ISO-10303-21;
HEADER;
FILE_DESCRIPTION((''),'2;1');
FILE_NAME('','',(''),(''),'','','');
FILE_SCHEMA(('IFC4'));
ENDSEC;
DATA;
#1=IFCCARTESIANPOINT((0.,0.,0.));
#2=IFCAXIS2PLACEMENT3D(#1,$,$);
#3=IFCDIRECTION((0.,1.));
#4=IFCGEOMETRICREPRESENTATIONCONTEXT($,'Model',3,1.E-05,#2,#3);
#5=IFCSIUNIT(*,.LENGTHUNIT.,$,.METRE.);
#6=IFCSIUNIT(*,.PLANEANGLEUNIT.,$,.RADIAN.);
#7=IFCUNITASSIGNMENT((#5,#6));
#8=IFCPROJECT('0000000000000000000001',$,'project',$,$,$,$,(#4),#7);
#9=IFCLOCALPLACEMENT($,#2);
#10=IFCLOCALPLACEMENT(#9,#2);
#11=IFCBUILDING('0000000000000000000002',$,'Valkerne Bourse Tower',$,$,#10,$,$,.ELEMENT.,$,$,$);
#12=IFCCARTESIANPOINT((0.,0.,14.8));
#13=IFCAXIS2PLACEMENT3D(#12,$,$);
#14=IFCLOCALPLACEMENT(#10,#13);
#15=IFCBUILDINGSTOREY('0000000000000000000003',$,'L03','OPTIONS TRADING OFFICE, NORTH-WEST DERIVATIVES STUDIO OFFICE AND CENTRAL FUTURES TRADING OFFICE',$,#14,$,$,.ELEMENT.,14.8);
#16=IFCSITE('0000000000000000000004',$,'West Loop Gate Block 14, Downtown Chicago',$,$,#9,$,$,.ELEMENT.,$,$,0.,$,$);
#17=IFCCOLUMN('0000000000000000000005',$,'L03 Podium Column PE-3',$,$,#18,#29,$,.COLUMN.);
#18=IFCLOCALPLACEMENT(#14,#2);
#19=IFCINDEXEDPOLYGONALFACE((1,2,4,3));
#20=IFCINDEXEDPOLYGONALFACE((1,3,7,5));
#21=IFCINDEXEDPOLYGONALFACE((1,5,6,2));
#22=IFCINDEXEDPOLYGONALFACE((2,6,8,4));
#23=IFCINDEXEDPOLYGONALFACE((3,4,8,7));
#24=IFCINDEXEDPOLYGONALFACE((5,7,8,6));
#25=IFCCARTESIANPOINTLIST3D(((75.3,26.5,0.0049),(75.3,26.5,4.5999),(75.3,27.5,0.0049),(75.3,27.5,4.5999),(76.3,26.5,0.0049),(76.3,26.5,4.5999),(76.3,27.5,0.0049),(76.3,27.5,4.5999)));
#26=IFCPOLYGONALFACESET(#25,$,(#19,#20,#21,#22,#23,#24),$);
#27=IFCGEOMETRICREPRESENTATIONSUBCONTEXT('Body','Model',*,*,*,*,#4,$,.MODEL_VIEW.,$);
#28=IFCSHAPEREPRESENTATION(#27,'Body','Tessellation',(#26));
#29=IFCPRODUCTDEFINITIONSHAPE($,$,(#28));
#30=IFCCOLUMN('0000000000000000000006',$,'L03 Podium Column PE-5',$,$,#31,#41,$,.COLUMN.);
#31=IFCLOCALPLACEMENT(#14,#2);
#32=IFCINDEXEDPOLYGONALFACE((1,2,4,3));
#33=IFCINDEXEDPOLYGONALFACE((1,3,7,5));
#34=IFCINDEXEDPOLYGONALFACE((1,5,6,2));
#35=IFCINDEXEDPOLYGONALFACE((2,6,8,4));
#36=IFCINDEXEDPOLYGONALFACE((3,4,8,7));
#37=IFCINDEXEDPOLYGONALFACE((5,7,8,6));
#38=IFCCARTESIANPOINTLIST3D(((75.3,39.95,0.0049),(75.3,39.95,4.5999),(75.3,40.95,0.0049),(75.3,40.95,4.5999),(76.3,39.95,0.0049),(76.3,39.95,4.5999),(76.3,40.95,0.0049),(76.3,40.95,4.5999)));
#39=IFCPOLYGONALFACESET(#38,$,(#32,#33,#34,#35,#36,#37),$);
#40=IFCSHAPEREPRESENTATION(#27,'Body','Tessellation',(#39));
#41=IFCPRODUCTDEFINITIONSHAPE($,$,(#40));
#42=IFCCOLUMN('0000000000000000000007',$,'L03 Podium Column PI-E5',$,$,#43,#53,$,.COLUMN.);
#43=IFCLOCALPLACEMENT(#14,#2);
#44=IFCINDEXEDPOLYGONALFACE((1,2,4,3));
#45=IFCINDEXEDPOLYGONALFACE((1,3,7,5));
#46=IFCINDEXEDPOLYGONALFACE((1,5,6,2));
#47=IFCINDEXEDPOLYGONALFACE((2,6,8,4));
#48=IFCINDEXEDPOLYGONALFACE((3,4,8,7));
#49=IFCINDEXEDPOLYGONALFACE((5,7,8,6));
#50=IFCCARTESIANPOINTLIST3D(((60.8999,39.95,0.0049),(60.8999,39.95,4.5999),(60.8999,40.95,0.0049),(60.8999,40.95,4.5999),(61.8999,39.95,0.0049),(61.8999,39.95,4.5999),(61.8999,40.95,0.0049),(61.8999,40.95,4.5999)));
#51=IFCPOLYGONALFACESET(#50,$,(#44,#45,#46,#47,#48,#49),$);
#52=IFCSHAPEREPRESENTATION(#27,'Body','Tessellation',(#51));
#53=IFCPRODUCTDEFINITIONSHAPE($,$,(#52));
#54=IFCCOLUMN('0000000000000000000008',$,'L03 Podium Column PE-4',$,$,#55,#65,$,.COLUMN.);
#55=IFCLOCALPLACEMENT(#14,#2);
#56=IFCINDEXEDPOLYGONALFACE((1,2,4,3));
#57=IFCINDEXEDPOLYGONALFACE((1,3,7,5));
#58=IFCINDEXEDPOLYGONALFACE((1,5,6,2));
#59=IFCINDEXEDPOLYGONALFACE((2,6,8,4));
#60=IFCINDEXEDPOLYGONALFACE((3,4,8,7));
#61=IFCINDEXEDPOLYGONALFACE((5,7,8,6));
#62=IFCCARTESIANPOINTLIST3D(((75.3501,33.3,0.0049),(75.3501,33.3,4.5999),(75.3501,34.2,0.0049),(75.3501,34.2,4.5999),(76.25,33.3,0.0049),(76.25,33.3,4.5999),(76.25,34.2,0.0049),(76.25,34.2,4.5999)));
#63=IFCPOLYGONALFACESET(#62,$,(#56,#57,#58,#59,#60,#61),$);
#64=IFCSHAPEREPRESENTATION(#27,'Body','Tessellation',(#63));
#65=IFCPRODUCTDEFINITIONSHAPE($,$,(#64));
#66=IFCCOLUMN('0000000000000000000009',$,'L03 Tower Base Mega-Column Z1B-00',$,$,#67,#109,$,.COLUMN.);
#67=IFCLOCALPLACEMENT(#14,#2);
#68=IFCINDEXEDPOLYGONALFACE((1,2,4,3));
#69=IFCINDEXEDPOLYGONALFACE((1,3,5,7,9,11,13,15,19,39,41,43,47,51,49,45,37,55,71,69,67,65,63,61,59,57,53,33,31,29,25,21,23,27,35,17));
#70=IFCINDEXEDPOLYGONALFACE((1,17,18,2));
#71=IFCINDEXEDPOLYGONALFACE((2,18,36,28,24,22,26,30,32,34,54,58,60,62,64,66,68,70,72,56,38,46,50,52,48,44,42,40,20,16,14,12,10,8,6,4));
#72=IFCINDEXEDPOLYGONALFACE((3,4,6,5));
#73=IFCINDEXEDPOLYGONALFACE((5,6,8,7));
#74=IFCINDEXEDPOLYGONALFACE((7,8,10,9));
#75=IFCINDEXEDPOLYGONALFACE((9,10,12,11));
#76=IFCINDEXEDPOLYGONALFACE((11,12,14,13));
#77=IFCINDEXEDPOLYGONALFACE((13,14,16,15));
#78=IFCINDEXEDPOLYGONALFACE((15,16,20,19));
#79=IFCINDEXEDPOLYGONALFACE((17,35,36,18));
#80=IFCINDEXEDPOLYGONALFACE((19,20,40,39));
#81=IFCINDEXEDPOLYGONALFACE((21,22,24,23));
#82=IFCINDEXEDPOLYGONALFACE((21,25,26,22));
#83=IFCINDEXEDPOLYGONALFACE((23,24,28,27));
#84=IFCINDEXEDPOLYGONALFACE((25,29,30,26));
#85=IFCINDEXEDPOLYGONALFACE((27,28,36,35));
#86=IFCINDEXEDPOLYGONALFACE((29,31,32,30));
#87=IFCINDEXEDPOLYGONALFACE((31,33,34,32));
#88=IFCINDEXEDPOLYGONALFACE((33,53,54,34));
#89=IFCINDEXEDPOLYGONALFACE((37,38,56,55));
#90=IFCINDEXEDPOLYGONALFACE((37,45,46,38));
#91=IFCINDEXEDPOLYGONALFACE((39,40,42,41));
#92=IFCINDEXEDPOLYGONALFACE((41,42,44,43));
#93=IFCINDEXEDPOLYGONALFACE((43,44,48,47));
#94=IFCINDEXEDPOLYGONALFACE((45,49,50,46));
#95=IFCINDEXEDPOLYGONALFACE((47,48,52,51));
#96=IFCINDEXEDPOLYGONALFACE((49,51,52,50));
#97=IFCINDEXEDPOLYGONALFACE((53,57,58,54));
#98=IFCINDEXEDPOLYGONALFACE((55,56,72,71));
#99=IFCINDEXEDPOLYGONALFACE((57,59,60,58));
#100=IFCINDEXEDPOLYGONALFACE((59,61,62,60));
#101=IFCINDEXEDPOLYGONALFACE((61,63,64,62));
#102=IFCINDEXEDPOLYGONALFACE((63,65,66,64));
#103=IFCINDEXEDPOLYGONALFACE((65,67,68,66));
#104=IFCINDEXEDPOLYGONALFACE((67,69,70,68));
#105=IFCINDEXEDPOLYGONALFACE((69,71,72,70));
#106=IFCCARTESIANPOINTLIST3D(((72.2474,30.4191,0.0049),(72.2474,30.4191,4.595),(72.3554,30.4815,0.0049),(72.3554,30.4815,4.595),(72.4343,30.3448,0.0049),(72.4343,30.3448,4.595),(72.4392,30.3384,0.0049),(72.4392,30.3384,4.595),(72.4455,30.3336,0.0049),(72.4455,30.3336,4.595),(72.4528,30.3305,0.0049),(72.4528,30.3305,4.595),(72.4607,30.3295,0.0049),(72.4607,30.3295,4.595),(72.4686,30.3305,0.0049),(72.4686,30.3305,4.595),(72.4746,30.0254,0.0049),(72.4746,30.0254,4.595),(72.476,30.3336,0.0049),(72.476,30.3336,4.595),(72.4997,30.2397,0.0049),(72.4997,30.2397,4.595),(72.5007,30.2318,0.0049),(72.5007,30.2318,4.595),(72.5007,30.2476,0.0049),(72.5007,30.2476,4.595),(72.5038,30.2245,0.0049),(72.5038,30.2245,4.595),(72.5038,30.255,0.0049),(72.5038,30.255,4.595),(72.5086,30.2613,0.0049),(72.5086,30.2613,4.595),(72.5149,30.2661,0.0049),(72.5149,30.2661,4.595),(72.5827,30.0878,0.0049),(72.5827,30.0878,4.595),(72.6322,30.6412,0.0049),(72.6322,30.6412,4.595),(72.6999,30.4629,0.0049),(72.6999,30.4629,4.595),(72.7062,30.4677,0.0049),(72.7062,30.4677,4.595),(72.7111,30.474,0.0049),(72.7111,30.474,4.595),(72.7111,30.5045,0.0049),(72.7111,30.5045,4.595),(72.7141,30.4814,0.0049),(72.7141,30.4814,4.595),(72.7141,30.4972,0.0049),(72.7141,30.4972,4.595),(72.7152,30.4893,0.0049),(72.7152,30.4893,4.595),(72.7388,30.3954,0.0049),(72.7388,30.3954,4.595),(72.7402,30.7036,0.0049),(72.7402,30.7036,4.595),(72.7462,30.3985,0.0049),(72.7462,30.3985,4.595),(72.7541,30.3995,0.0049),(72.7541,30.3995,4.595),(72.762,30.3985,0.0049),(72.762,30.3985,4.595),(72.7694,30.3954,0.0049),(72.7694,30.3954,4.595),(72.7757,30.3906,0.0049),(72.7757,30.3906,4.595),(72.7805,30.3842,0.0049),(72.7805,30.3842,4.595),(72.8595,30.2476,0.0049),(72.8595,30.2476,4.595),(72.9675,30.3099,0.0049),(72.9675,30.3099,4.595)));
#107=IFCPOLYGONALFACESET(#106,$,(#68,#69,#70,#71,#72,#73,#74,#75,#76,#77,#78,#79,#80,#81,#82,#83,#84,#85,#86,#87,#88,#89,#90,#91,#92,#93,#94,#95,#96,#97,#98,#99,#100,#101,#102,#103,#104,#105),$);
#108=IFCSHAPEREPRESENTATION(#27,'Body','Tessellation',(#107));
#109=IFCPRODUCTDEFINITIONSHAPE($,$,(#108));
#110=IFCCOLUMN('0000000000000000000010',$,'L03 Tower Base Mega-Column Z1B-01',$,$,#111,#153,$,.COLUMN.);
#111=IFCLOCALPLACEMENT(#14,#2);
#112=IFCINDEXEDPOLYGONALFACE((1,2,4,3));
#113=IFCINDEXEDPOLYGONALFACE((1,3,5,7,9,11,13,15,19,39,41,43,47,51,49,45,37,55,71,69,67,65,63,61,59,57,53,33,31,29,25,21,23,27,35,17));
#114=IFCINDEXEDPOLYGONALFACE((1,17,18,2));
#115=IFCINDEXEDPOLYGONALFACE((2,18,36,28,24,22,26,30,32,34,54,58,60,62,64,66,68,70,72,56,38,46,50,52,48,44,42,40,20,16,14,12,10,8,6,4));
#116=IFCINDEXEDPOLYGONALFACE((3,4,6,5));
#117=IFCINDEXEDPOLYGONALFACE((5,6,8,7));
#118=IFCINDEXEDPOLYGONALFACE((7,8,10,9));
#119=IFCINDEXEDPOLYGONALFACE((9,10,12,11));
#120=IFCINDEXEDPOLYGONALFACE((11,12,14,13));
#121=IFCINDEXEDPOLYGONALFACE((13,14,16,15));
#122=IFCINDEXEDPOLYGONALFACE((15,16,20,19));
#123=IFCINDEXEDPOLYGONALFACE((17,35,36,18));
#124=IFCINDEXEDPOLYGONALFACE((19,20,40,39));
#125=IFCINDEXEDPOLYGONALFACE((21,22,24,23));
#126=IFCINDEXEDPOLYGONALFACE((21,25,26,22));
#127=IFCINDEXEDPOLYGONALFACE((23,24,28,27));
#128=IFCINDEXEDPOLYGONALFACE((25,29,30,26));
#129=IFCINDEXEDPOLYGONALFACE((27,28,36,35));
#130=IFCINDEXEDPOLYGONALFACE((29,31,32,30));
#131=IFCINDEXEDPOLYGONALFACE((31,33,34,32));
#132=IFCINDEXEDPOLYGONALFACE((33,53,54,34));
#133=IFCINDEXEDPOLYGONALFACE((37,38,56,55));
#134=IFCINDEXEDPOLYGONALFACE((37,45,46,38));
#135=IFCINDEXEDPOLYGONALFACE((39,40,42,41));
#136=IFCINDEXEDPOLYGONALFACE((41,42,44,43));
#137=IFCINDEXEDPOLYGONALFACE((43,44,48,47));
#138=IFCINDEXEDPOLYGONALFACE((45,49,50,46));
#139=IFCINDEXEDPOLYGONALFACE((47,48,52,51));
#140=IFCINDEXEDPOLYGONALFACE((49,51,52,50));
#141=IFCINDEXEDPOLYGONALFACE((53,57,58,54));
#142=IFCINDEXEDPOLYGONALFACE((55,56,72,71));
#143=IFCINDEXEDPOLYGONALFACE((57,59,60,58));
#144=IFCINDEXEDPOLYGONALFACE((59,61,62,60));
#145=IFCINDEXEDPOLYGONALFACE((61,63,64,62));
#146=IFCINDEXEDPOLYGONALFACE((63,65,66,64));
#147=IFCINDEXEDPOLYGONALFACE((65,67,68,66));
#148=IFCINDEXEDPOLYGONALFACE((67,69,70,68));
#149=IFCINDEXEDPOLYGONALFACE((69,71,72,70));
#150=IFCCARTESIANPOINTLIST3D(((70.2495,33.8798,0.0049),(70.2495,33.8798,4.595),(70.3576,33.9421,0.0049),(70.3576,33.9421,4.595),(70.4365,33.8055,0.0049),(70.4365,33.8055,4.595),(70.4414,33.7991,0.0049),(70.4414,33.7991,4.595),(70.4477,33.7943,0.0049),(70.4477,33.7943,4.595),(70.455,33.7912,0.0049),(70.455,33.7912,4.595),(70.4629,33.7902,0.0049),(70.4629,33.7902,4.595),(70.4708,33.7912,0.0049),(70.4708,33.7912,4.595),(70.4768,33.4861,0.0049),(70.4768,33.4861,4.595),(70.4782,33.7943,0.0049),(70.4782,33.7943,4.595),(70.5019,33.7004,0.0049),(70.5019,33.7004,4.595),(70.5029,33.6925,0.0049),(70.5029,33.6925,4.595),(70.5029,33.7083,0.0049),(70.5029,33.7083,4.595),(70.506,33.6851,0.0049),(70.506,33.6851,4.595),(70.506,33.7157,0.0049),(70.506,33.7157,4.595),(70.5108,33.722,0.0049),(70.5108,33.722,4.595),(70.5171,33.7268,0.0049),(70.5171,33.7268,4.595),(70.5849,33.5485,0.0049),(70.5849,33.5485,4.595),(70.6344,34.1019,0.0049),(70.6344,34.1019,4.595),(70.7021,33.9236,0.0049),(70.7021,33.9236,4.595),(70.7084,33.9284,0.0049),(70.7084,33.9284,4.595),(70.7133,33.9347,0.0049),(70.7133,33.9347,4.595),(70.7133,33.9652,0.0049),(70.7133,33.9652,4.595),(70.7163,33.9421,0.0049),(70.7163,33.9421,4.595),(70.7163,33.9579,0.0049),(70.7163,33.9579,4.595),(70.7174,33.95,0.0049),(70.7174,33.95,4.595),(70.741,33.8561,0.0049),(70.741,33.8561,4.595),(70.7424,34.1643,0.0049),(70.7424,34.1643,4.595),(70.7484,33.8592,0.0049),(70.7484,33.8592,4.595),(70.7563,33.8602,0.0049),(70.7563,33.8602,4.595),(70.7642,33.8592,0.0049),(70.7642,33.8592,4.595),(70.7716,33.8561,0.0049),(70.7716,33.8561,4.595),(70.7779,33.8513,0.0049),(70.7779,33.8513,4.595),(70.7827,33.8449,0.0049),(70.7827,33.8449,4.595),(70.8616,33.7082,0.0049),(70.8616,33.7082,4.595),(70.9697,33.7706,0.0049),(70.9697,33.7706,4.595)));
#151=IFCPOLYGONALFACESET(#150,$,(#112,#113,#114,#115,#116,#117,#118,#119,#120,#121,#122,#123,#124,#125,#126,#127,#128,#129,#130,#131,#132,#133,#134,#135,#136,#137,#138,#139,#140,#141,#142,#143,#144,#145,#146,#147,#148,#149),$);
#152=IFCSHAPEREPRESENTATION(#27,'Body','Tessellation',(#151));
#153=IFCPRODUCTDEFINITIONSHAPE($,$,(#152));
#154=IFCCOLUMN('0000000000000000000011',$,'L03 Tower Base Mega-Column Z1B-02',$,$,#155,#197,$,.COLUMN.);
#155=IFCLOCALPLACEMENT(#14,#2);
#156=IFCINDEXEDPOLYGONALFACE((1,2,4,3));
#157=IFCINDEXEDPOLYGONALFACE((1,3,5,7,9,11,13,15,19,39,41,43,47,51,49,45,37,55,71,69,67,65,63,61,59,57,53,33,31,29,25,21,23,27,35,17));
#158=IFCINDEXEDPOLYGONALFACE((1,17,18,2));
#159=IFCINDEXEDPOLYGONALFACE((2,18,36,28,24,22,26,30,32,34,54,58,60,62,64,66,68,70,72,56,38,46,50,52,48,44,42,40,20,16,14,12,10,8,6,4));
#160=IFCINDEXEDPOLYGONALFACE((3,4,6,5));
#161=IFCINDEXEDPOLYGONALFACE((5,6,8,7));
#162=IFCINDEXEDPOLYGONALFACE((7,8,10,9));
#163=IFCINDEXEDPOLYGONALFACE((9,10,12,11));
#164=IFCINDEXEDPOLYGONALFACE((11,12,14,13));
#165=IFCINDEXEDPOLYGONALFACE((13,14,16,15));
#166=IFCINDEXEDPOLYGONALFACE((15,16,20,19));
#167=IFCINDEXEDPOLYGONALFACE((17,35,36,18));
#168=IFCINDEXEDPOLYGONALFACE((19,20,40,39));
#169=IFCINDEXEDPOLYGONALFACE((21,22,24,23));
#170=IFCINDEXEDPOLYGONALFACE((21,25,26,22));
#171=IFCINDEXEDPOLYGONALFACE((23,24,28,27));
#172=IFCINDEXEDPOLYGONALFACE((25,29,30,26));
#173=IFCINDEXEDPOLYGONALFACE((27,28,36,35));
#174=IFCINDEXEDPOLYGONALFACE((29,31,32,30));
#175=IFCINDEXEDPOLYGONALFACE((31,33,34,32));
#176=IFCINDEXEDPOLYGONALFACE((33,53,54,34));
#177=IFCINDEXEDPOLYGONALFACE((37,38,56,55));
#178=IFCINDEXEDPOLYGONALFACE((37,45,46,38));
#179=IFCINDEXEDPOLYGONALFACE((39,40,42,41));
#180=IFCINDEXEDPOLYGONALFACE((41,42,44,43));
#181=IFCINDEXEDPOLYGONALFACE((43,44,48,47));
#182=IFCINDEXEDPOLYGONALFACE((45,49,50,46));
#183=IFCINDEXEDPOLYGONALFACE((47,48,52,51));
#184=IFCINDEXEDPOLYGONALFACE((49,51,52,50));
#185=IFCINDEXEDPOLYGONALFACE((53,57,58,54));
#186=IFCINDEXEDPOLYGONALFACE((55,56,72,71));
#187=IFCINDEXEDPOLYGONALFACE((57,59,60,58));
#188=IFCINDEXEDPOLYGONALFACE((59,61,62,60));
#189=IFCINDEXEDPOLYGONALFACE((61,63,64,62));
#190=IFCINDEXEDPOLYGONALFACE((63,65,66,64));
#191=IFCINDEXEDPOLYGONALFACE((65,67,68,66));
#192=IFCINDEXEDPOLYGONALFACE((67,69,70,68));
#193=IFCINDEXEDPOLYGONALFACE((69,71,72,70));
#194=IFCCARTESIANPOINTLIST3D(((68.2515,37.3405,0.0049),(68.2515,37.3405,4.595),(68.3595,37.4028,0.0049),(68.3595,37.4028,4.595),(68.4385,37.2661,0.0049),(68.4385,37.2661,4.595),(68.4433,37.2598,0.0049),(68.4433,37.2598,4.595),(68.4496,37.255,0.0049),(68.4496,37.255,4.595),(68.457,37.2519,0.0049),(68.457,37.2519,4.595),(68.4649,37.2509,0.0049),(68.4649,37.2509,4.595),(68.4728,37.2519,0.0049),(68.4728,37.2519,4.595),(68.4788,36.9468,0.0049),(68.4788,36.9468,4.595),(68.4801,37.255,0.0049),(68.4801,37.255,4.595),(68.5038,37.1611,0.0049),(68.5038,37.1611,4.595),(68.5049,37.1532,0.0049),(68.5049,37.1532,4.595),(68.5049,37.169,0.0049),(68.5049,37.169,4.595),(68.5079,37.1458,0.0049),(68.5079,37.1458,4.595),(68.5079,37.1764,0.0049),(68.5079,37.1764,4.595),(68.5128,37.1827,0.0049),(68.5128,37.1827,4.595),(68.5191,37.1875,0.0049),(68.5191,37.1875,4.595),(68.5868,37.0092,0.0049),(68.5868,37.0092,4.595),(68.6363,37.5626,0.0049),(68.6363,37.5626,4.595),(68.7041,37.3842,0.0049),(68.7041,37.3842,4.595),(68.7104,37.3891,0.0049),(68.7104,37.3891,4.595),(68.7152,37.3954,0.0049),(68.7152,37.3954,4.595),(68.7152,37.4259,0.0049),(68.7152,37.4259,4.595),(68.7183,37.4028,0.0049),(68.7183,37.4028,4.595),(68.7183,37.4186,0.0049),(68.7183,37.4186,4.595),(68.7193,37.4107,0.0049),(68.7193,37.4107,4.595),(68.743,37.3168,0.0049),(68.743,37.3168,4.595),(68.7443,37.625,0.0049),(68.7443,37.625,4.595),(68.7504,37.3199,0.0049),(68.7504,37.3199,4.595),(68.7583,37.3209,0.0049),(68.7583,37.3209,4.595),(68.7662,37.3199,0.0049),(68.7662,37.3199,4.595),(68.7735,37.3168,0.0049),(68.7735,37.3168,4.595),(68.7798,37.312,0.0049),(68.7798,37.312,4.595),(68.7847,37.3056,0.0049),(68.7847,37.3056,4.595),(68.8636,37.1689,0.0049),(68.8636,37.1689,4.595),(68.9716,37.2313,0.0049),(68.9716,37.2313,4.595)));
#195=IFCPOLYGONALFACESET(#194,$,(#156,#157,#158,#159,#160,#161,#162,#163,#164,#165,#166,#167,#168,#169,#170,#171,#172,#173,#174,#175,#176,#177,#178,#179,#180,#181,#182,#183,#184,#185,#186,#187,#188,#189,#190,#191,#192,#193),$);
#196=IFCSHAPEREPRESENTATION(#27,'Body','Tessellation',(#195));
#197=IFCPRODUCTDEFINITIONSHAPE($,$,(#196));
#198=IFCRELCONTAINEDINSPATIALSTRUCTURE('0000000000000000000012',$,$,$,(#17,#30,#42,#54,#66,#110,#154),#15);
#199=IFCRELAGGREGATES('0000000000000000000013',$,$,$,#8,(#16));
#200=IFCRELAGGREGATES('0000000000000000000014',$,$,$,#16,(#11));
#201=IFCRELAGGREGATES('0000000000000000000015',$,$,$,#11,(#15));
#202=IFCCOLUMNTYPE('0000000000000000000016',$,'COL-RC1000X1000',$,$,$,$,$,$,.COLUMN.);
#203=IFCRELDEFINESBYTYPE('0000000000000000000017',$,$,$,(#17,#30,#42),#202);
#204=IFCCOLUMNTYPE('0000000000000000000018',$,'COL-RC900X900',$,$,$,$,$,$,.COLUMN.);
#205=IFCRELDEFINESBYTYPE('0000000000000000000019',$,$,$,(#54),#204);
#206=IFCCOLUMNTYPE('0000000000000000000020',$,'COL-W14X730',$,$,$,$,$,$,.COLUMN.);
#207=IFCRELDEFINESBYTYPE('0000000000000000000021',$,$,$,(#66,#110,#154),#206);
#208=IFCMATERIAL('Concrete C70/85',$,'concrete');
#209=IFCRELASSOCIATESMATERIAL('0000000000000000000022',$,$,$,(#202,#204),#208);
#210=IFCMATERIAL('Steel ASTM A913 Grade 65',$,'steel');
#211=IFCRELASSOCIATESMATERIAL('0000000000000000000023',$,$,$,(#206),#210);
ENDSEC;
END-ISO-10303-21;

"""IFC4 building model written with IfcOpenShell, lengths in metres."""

from ifc_helpers import new_model, si_unit, direction, frame, origin, origin_2d, place, context, subcontext, project, spatial, rectangle, i_section, extrude, material, material_profile, profile_set, type_object, element, save


model = new_model("IFC4")

# Units and contexts
model_context = context("Model", 3, precision=1e-05, world=origin(), true_north=direction((0.0, 1.0)))
body_context = subcontext(model_context, "Body", "Model", "MODEL_VIEW")
ifc_project = project(units=[si_unit("LENGTHUNIT", "METRE"), si_unit("PLANEANGLEUNIT", "RADIAN")], contexts=[model_context])

# Site, building, storey
site_placement = place(None, origin())
site = spatial("IfcSite", under=ifc_project, at=site_placement, Name="West Loop Gate Block 14, Downtown Chicago", CompositionType="ELEMENT", RefElevation=0.0)
building_placement = place(site_placement, origin())
building = spatial("IfcBuilding", under=site, at=building_placement, Name="Valkerne Bourse Tower", CompositionType="ELEMENT")
storey_placement = place(building_placement, frame((0.0, 0.0, 14.8)))
storey = spatial("IfcBuildingStorey", under=building, at=storey_placement, Name="L03", Description="OPTIONS TRADING OFFICE, NORTH-WEST DERIVATIVES STUDIO OFFICE AND CENTRAL FUTURES TRADING OFFICE", CompositionType="ELEMENT", Elevation=14.8)

# Columns
ifc_material_1 = material(Name="Concrete C70/85", Category="concrete")
ifc_material_profile_1 = material_profile(ifc_material_1, rectangle(XDim=1.0, YDim=1.0, at=origin_2d()), Name="RC1000X1000")
ifc_profile_set_1 = profile_set([ifc_material_profile_1], Name="Concrete C70/85")
column_type_1 = type_object("IfcColumnType", Name="COL-RC1000X1000", PredefinedType="COLUMN", material=ifc_profile_set_1)
for number, where, z_axis, x_axis, name in (
    (1, (75.8, 27.0, 0.0049), (0.0, 0.0, 1.0), (1.0, 0.0, 0.0), "L03 Podium Column PE-3"),
    (2, (75.8, 40.45, 0.0049), (0.0, 0.0, 1.0), (1.0, 0.0, 0.0), "L03 Podium Column PE-5"),
    (3, (61.3999, 40.45, 0.0049), (0.0, 0.0, 1.0), (1.0, 0.0, 0.0), "L03 Podium Column PI-E5"),
):
    element("IfcColumn", number, at=place(storey_placement, frame(where, z_axis=z_axis, x_axis=x_axis)), inside=storey, type_object=column_type_1, Name=name, PredefinedType="COLUMN", context=body_context, shape_type="SweptSolid", body=[
        extrude(rectangle(XDim=1.0, YDim=1.0, at=origin_2d()), origin(), (0.0, 0.0, 1.0), 4.595),
    ])
ifc_material_profile_2 = material_profile(ifc_material_1, rectangle(XDim=0.8999, YDim=0.8999, at=origin_2d()), Name="RC900X900")
ifc_profile_set_2 = profile_set([ifc_material_profile_2], Name="Concrete C70/85")
column_type_2 = type_object("IfcColumnType", Name="COL-RC900X900", PredefinedType="COLUMN", material=ifc_profile_set_2)
column_placement = place(storey_placement, frame((75.8, 33.75, 0.0049), z_axis=(0.0, 0.0, 1.0), x_axis=(1.0, 0.0, 0.0)))
element("IfcColumn", 4, at=column_placement, inside=storey, type_object=column_type_2, Name="L03 Podium Column PE-4", PredefinedType="COLUMN", context=body_context, shape_type="SweptSolid", body=[
    extrude(rectangle(XDim=0.8999, YDim=0.8999, at=origin_2d()), origin(), (0.0, 0.0, 1.0), 4.595),
])
ifc_material_2 = material(Name="Steel ASTM A913 Grade 65", Category="steel")
ifc_material_profile_3 = material_profile(ifc_material_2, i_section(OverallWidth=0.4546, OverallDepth=0.5691, WebThickness=0.0779, FlangeThickness=0.1248, FilletRadius=0.0305, at=origin_2d()), Name="W14X730")
ifc_profile_set_3 = profile_set([ifc_material_profile_3], Name="Steel ASTM A913 Grade 65")
column_type_3 = type_object("IfcColumnType", Name="COL-W14X730", PredefinedType="COLUMN", material=ifc_profile_set_3)
for number, where, z_axis, x_axis, name in (
    (5, (72.6074, 30.3645, 0.0049), (0.0, 0.0, 1.0), (-0.5, 0.866025, 0.0), "L03 Tower Base Mega-Column Z1B-00"),
    (6, (70.6096, 33.8252, 0.0049), (0.0, 0.0, 1.0), (-0.5, 0.866025, 0.0), "L03 Tower Base Mega-Column Z1B-01"),
    (7, (68.6116, 37.2859, 0.0049), (0.0, 0.0, 1.0), (-0.5, 0.866025, 0.0), "L03 Tower Base Mega-Column Z1B-02"),
):
    element("IfcColumn", number, at=place(storey_placement, frame(where, z_axis=z_axis, x_axis=x_axis)), inside=storey, type_object=column_type_3, Name=name, PredefinedType="COLUMN", context=body_context, shape_type="SweptSolid", body=[
        extrude(i_section(OverallWidth=0.4546, OverallDepth=0.5691, WebThickness=0.0779, FlangeThickness=0.1248, FilletRadius=0.0305, at=origin_2d()), origin(), (0.0, 0.0, 1.0), 4.5901),
    ])

save(model, "model.ifc")
